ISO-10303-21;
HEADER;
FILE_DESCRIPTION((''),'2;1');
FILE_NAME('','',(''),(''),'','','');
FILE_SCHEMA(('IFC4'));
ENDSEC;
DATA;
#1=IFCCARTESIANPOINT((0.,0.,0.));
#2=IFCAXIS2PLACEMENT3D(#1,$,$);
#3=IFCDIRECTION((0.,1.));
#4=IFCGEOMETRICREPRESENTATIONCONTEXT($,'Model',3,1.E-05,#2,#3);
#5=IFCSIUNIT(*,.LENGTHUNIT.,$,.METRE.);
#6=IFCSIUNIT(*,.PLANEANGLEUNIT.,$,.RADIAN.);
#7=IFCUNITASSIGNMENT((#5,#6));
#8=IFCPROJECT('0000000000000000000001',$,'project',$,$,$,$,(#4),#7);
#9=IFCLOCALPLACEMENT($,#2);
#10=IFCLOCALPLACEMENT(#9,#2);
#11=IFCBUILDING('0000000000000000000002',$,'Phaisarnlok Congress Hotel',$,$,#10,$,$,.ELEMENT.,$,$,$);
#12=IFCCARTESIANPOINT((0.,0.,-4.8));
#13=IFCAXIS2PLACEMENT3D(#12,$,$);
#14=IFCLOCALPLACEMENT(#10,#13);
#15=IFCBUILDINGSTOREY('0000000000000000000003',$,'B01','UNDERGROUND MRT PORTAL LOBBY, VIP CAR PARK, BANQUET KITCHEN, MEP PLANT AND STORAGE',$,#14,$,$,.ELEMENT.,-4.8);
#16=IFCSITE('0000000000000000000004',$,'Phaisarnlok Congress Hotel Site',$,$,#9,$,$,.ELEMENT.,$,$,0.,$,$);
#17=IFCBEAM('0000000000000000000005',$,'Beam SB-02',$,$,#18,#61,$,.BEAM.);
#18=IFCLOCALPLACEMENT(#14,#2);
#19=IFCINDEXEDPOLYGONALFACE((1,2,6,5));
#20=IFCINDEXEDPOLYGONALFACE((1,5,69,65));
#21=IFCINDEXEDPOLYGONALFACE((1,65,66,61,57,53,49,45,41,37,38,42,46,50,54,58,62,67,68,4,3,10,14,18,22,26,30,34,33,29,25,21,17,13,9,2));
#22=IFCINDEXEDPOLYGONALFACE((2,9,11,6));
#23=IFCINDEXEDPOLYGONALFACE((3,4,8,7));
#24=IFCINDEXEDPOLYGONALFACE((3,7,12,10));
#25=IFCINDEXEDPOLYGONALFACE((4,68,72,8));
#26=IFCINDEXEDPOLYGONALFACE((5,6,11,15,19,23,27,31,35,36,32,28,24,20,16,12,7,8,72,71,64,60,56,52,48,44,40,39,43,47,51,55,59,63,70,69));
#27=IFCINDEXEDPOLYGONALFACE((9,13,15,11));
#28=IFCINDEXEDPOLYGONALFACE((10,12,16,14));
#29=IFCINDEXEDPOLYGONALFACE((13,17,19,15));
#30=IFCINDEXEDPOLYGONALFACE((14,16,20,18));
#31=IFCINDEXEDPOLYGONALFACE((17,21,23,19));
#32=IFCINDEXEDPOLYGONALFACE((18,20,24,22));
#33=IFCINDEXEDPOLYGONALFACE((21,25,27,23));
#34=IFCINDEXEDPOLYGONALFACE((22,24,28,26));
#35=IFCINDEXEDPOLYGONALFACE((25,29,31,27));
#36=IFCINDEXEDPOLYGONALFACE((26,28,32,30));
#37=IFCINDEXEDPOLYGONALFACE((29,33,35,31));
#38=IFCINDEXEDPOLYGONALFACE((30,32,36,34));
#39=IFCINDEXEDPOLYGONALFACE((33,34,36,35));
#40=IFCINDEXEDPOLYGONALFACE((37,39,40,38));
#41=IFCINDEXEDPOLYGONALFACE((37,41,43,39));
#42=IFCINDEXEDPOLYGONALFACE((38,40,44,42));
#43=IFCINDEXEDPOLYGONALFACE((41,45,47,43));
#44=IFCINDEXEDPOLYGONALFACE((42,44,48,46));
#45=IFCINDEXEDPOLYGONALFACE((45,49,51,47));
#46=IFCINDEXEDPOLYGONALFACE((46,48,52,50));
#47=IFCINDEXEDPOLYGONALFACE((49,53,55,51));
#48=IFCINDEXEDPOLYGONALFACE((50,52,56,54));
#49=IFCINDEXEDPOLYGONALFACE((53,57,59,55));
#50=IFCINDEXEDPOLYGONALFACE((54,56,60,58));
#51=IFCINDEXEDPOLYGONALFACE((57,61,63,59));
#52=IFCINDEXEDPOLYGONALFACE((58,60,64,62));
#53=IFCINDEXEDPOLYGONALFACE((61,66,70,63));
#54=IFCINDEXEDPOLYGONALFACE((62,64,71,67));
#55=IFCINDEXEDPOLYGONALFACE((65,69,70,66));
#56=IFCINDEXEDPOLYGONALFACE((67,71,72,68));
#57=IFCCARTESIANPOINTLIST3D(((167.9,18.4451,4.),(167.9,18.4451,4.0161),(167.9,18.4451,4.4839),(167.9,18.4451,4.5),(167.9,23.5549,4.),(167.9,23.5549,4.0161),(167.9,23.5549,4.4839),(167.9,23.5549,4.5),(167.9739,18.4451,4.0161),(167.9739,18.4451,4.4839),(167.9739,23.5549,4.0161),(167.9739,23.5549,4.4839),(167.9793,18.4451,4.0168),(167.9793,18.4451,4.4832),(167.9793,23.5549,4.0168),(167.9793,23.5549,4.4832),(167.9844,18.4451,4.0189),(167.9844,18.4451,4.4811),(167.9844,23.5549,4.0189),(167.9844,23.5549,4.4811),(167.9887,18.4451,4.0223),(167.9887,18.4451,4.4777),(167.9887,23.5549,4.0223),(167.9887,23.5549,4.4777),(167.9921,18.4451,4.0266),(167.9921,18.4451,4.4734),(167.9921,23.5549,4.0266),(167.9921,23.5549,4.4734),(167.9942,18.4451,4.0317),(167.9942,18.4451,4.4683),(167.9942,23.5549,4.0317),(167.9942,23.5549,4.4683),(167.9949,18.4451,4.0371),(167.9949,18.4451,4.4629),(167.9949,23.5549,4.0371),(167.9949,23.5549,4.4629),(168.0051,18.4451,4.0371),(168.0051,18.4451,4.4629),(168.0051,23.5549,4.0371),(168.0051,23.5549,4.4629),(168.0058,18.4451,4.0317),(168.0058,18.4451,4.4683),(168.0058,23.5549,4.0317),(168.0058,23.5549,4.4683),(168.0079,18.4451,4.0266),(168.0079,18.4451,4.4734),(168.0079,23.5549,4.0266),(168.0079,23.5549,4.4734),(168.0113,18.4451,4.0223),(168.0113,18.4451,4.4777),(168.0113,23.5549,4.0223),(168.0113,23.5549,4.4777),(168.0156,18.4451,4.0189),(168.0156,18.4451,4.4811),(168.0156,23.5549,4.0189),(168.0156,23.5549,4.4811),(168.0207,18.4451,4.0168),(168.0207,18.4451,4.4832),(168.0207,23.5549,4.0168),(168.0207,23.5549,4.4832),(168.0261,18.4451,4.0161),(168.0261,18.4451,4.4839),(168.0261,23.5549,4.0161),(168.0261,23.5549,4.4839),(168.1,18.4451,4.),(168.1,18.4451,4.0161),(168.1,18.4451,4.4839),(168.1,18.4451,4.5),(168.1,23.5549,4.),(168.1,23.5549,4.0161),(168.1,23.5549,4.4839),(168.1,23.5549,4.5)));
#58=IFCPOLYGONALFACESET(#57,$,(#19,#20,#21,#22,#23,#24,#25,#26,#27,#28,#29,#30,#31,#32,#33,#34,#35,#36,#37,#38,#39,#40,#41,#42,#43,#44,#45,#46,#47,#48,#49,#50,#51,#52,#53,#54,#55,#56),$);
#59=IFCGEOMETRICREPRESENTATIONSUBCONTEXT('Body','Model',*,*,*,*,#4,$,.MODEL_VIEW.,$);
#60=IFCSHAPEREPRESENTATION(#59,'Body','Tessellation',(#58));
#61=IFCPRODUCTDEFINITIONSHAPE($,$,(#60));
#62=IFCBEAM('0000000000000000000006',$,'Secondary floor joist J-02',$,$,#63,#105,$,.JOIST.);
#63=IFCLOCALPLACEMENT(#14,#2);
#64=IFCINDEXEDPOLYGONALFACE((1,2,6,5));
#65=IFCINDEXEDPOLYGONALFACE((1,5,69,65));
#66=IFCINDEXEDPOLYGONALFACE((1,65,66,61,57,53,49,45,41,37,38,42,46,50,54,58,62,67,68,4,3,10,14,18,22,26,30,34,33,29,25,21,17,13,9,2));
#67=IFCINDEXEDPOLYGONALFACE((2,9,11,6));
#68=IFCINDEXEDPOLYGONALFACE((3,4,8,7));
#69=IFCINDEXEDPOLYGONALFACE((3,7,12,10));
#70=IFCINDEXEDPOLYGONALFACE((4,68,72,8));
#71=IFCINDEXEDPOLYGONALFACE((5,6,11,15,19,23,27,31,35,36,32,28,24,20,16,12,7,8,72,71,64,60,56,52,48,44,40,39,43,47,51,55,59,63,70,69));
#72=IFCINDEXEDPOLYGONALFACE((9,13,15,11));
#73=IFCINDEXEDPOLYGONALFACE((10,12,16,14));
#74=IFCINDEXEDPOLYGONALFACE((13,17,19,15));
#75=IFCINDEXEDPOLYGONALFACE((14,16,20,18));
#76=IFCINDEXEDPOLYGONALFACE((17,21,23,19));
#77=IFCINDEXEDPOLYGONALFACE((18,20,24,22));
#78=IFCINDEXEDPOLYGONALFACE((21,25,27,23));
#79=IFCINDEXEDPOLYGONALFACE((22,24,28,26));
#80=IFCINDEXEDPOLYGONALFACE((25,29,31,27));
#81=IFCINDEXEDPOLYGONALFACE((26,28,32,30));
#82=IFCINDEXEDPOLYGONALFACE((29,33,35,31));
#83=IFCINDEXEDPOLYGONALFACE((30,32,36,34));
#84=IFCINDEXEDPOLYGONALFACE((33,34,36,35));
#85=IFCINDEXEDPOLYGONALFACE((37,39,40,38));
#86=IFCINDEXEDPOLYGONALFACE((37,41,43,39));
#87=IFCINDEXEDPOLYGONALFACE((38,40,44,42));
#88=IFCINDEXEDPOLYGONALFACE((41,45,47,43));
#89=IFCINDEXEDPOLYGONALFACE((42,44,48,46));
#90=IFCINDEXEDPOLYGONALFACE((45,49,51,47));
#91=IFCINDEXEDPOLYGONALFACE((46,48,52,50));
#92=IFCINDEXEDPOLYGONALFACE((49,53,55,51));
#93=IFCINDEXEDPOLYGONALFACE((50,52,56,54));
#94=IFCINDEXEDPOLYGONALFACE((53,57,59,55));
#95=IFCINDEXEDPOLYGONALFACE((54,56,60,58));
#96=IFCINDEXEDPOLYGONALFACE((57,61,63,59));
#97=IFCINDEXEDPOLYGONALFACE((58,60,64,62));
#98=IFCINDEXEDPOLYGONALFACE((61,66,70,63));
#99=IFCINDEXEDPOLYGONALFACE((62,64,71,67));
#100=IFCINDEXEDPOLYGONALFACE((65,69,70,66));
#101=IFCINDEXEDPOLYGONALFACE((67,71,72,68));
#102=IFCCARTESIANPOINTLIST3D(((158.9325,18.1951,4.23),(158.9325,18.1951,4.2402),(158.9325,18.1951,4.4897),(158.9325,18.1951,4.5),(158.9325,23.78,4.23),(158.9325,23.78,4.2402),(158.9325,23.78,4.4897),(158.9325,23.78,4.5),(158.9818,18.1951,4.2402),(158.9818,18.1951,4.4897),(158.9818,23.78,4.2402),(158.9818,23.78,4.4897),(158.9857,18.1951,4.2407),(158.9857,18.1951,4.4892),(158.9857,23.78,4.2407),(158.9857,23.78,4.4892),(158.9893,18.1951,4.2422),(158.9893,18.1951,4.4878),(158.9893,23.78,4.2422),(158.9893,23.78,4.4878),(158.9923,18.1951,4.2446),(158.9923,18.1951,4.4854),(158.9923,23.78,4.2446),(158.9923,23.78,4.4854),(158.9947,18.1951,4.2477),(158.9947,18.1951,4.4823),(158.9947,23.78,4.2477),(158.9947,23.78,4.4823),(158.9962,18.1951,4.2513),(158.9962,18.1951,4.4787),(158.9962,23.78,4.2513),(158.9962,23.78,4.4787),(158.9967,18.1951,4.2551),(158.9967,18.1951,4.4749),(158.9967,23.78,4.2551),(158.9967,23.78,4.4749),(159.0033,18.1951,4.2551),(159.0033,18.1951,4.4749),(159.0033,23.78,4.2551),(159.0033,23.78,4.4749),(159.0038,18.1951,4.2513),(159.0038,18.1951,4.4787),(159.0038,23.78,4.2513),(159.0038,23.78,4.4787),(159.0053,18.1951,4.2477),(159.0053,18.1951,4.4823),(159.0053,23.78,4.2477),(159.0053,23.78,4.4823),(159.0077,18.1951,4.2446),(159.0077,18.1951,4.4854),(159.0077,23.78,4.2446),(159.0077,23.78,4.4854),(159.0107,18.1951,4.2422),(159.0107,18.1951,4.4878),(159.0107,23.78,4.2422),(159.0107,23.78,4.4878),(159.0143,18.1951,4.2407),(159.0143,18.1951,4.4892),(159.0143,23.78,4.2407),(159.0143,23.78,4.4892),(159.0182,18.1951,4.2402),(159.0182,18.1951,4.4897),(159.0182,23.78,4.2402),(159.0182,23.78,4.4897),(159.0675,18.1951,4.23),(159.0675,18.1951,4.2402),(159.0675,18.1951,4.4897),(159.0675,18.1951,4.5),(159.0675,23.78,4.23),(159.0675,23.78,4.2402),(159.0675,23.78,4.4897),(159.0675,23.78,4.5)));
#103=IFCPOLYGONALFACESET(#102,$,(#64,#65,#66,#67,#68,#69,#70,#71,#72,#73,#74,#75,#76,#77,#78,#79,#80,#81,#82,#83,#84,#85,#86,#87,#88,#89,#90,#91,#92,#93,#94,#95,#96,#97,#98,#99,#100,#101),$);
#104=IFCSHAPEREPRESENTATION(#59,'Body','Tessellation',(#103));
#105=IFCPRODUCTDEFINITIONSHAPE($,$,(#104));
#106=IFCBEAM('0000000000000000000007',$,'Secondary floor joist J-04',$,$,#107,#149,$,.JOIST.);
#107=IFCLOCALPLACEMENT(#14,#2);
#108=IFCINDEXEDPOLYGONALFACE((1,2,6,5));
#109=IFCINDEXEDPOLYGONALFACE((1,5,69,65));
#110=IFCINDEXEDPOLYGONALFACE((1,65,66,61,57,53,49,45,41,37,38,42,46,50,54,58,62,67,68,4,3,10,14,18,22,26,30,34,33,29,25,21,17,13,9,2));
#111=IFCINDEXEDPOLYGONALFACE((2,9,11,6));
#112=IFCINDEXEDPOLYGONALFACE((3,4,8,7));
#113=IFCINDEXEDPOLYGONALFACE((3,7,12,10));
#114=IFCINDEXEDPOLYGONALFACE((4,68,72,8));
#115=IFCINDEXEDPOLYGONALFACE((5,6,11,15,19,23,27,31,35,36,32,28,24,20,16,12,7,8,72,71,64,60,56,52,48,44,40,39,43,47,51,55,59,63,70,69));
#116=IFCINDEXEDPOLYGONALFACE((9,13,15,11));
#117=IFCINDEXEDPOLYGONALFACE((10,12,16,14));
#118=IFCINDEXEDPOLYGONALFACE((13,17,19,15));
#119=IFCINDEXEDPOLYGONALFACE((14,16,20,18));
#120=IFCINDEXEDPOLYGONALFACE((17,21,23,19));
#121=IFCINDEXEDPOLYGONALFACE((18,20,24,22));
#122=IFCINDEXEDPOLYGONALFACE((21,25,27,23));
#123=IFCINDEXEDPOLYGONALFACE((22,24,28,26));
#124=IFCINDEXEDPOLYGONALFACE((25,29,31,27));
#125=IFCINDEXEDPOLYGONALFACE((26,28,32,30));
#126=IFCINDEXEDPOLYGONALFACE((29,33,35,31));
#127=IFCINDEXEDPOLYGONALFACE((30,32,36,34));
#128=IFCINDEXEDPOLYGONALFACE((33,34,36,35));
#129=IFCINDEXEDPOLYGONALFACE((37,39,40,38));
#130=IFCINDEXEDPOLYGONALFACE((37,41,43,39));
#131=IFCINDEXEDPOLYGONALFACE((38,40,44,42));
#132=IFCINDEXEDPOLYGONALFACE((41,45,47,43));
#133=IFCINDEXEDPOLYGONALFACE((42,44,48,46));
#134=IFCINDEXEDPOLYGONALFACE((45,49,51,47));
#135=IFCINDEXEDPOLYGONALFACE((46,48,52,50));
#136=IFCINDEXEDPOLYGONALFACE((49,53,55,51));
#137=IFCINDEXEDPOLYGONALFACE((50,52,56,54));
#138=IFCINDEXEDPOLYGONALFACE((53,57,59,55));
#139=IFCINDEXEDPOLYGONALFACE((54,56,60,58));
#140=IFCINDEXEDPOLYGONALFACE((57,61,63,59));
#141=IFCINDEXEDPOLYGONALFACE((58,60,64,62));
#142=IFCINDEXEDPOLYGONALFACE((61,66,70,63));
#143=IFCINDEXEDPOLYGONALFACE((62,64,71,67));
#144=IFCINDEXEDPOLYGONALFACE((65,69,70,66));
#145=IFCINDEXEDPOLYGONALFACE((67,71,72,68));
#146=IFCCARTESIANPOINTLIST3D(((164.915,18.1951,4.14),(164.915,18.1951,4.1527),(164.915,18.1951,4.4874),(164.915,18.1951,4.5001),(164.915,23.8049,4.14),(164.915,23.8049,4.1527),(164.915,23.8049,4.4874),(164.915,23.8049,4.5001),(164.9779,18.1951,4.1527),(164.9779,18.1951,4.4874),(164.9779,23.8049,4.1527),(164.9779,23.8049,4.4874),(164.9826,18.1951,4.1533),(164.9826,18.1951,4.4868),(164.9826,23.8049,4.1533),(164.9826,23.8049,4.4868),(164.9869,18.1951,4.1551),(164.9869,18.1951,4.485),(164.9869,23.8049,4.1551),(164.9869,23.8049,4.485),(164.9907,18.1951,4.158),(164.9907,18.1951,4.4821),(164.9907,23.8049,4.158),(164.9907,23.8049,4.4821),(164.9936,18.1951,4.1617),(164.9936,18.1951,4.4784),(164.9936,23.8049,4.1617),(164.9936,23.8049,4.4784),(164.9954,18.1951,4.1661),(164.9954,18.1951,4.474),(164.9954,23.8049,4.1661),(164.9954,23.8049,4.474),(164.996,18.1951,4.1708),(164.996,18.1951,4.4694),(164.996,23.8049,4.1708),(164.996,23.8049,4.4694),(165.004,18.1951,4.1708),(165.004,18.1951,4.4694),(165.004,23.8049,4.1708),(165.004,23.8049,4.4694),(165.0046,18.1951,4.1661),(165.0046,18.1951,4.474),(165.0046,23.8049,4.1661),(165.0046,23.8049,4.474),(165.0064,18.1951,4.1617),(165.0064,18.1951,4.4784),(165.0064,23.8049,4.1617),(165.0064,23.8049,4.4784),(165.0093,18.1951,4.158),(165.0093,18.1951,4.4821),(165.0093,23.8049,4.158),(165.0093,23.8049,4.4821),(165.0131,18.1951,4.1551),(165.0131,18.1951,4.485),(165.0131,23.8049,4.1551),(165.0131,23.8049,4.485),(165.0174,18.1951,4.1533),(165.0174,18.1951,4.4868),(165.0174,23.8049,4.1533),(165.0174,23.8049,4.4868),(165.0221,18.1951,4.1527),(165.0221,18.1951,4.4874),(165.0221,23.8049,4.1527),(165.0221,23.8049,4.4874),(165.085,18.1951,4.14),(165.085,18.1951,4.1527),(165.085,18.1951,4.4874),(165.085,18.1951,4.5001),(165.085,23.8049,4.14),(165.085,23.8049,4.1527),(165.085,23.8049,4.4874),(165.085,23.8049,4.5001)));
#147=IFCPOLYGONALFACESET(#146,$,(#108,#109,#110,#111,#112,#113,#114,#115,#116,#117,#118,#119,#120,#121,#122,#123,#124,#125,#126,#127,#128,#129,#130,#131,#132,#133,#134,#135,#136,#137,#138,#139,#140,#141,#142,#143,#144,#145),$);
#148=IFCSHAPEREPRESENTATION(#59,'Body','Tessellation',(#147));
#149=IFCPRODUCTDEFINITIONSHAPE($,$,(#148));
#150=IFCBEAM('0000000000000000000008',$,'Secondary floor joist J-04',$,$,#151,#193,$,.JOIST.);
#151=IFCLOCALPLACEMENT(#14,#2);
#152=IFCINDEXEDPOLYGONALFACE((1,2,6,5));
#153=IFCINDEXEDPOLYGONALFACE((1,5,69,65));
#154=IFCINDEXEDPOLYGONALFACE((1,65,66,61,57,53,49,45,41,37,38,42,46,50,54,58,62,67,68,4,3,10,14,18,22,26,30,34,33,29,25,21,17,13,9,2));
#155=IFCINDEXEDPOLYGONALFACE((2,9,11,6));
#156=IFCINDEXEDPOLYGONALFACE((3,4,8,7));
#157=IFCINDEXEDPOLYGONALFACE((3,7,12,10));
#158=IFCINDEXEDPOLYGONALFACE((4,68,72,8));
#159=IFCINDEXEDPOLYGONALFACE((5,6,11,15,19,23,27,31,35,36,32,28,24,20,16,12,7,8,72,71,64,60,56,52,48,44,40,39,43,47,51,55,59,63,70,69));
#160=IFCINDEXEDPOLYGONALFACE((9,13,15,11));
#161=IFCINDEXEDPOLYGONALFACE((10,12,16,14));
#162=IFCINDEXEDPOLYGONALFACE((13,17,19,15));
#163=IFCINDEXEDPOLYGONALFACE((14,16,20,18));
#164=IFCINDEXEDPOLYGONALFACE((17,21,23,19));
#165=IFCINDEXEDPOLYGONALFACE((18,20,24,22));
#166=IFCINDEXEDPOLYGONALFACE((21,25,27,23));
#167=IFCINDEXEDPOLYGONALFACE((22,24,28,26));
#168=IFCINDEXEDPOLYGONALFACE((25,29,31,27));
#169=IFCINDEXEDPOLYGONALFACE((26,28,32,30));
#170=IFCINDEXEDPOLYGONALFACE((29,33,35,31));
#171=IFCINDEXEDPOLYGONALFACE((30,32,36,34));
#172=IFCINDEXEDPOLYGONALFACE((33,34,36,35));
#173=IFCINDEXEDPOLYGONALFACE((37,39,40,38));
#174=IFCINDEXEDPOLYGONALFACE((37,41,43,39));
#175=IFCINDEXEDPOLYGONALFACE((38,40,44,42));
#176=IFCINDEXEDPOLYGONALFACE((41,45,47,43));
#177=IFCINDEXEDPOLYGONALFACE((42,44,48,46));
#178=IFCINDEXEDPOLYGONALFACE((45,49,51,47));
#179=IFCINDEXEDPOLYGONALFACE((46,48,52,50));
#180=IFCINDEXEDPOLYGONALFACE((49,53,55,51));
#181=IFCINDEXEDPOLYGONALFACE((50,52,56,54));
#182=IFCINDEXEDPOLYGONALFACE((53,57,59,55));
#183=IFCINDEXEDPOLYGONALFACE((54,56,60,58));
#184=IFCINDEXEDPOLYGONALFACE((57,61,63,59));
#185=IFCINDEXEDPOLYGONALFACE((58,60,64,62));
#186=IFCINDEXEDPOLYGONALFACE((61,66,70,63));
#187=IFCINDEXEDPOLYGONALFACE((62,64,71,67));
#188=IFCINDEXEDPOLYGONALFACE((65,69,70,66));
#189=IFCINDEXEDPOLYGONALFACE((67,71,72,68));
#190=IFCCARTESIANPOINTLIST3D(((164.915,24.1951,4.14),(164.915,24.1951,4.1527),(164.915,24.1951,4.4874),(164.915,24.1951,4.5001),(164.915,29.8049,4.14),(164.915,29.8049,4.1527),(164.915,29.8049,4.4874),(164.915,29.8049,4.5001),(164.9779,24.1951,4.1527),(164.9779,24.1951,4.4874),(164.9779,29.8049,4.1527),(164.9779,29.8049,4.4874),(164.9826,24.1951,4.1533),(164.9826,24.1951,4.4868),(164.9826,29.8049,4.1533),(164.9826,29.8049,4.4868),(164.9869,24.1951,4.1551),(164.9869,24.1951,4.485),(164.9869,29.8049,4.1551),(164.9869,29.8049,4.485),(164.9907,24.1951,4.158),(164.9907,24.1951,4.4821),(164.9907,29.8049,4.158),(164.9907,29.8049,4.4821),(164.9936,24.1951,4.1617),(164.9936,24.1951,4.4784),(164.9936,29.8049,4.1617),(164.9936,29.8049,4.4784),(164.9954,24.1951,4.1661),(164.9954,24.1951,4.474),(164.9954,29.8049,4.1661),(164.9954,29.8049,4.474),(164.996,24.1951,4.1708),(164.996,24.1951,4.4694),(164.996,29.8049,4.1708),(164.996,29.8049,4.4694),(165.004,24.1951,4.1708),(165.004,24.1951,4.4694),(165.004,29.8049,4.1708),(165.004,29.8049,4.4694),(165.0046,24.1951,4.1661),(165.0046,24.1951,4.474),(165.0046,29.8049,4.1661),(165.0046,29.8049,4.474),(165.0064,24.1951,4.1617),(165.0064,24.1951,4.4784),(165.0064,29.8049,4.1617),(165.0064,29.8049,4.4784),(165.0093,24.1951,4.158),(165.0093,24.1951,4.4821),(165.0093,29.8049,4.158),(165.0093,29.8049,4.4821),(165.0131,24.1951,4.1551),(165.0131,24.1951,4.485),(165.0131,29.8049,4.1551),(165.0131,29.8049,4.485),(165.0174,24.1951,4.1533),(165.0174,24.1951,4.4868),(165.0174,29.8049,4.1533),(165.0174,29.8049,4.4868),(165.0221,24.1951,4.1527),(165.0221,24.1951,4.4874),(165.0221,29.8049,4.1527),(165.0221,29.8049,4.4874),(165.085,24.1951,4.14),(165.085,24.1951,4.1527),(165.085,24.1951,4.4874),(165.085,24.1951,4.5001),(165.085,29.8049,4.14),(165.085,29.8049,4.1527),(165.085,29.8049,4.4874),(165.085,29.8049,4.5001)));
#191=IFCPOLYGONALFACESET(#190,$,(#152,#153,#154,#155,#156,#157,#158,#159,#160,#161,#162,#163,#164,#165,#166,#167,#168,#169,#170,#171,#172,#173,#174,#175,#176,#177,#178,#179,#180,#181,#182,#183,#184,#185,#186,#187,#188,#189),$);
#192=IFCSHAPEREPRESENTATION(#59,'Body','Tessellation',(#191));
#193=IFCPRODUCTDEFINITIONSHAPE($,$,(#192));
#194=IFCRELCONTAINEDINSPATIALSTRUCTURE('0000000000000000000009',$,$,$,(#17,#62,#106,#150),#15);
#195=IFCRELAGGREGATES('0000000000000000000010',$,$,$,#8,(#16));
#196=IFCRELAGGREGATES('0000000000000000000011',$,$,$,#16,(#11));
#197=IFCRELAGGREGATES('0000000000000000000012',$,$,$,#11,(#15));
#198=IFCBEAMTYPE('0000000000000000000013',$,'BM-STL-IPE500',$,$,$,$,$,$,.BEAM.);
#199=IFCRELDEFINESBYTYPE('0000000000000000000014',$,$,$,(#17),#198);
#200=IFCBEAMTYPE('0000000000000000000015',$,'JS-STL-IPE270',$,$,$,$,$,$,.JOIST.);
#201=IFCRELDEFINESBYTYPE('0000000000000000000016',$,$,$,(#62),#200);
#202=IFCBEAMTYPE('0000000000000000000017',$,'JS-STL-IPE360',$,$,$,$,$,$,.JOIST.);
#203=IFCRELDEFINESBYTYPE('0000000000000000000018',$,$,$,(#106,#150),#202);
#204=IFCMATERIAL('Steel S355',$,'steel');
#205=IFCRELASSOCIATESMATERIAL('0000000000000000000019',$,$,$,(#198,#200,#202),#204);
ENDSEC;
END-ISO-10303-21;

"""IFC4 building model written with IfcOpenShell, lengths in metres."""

from ifc_helpers import new_model, si_unit, direction, frame, origin, origin_2d, place, context, subcontext, project, spatial, i_section, extrude, material, material_profile, profile_set, type_object, element, save


model = new_model("IFC4")

# Units and contexts
model_context = context("Model", 3, precision=1e-05, world=origin(), true_north=direction((0.0, 1.0)))
body_context = subcontext(model_context, "Body", "Model", "MODEL_VIEW")
ifc_project = project(units=[si_unit("LENGTHUNIT", "METRE"), si_unit("PLANEANGLEUNIT", "RADIAN")], contexts=[model_context])

# Site, building, storey
site_placement = place(None, origin())
site = spatial("IfcSite", under=ifc_project, at=site_placement, Name="Phaisarnlok Congress Hotel Site", CompositionType="ELEMENT", RefElevation=0.0)
building_placement = place(site_placement, origin())
building = spatial("IfcBuilding", under=site, at=building_placement, Name="Phaisarnlok Congress Hotel", CompositionType="ELEMENT")
storey_placement = place(building_placement, frame((0.0, 0.0, -4.8)))
storey = spatial("IfcBuildingStorey", under=building, at=storey_placement, Name="B01", Description="UNDERGROUND MRT PORTAL LOBBY, VIP CAR PARK, BANQUET KITCHEN, MEP PLANT AND STORAGE", CompositionType="ELEMENT", Elevation=-4.8)

# Beams
ifc_material_1 = material(Name="Steel S355", Category="steel")
ifc_material_profile_1 = material_profile(ifc_material_1, i_section(OverallWidth=0.2, OverallDepth=0.5, WebThickness=0.0103, FlangeThickness=0.0161, FilletRadius=0.021, at=origin_2d()), Name="IPE 500")
ifc_profile_set_1 = profile_set([ifc_material_profile_1], Name="Steel S355")
beam_type_1 = type_object("IfcBeamType", Name="BM-STL-IPE500", PredefinedType="BEAM", material=ifc_profile_set_1)
for number, where, z_axis, x_axis, name in (
    (1, (168.0, 18.4451, 4.25), (0.0, 1.0, 0.0), (-1.0, 0.0, 0.0), "Beam SB-02"),
):
    element("IfcBeam", number, at=place(storey_placement, frame(where, z_axis=z_axis, x_axis=x_axis)), inside=storey, type_object=beam_type_1, Name=name, PredefinedType="BEAM", context=body_context, shape_type="SweptSolid", body=[
        extrude(i_section(OverallWidth=0.2, OverallDepth=0.5, WebThickness=0.0103, FlangeThickness=0.0161, FilletRadius=0.021, at=origin_2d()), origin(), (0.0, 0.0, 1.0), 5.1099),
    ])
ifc_material_profile_2 = material_profile(ifc_material_1, i_section(OverallWidth=0.135, OverallDepth=0.27, WebThickness=0.0066, FlangeThickness=0.0103, FilletRadius=0.0149, at=origin_2d()), Name="IPE 270")
ifc_profile_set_2 = profile_set([ifc_material_profile_2], Name="Steel S355")
beam_type_2 = type_object("IfcBeamType", Name="JS-STL-IPE270", PredefinedType="JOIST", material=ifc_profile_set_2)
beam_1_placement = place(storey_placement, frame((159.0, 18.1951, 4.365), z_axis=(0.0, 1.0, 0.0), x_axis=(-1.0, 0.0, 0.0)))
element("IfcBeam", 2, at=beam_1_placement, inside=storey, type_object=beam_type_2, Name="Secondary floor joist J-02", PredefinedType="JOIST", context=body_context, shape_type="SweptSolid", body=[
    extrude(i_section(OverallWidth=0.135, OverallDepth=0.27, WebThickness=0.0066, FlangeThickness=0.0103, FilletRadius=0.0149, at=origin_2d()), origin(), (0.0, 0.0, 1.0), 5.585),
])
ifc_material_profile_3 = material_profile(ifc_material_1, i_section(OverallWidth=0.1699, OverallDepth=0.3601, WebThickness=0.0081, FlangeThickness=0.0127, FilletRadius=0.0181, at=origin_2d()), Name="IPE 360")
ifc_profile_set_3 = profile_set([ifc_material_profile_3], Name="Steel S355")
beam_type_3 = type_object("IfcBeamType", Name="JS-STL-IPE360", PredefinedType="JOIST", material=ifc_profile_set_3)
for number, where, z_axis, x_axis, name in (
    (3, (165.0, 18.1951, 4.3201), (0.0, 1.0, 0.0), (-1.0, 0.0, 0.0), "Secondary floor joist J-04"),
    (4, (165.0, 24.1951, 4.3201), (0.0, 1.0, 0.0), (-1.0, 0.0, 0.0), "Secondary floor joist J-04"),
):
    element("IfcBeam", number, at=place(storey_placement, frame(where, z_axis=z_axis, x_axis=x_axis)), inside=storey, type_object=beam_type_3, Name=name, PredefinedType="JOIST", context=body_context, shape_type="SweptSolid", body=[
        extrude(i_section(OverallWidth=0.1699, OverallDepth=0.3601, WebThickness=0.0081, FlangeThickness=0.0127, FilletRadius=0.0181, at=origin_2d()), origin(), (0.0, 0.0, 1.0), 5.6099),
    ])

save(model, "model.ifc")
